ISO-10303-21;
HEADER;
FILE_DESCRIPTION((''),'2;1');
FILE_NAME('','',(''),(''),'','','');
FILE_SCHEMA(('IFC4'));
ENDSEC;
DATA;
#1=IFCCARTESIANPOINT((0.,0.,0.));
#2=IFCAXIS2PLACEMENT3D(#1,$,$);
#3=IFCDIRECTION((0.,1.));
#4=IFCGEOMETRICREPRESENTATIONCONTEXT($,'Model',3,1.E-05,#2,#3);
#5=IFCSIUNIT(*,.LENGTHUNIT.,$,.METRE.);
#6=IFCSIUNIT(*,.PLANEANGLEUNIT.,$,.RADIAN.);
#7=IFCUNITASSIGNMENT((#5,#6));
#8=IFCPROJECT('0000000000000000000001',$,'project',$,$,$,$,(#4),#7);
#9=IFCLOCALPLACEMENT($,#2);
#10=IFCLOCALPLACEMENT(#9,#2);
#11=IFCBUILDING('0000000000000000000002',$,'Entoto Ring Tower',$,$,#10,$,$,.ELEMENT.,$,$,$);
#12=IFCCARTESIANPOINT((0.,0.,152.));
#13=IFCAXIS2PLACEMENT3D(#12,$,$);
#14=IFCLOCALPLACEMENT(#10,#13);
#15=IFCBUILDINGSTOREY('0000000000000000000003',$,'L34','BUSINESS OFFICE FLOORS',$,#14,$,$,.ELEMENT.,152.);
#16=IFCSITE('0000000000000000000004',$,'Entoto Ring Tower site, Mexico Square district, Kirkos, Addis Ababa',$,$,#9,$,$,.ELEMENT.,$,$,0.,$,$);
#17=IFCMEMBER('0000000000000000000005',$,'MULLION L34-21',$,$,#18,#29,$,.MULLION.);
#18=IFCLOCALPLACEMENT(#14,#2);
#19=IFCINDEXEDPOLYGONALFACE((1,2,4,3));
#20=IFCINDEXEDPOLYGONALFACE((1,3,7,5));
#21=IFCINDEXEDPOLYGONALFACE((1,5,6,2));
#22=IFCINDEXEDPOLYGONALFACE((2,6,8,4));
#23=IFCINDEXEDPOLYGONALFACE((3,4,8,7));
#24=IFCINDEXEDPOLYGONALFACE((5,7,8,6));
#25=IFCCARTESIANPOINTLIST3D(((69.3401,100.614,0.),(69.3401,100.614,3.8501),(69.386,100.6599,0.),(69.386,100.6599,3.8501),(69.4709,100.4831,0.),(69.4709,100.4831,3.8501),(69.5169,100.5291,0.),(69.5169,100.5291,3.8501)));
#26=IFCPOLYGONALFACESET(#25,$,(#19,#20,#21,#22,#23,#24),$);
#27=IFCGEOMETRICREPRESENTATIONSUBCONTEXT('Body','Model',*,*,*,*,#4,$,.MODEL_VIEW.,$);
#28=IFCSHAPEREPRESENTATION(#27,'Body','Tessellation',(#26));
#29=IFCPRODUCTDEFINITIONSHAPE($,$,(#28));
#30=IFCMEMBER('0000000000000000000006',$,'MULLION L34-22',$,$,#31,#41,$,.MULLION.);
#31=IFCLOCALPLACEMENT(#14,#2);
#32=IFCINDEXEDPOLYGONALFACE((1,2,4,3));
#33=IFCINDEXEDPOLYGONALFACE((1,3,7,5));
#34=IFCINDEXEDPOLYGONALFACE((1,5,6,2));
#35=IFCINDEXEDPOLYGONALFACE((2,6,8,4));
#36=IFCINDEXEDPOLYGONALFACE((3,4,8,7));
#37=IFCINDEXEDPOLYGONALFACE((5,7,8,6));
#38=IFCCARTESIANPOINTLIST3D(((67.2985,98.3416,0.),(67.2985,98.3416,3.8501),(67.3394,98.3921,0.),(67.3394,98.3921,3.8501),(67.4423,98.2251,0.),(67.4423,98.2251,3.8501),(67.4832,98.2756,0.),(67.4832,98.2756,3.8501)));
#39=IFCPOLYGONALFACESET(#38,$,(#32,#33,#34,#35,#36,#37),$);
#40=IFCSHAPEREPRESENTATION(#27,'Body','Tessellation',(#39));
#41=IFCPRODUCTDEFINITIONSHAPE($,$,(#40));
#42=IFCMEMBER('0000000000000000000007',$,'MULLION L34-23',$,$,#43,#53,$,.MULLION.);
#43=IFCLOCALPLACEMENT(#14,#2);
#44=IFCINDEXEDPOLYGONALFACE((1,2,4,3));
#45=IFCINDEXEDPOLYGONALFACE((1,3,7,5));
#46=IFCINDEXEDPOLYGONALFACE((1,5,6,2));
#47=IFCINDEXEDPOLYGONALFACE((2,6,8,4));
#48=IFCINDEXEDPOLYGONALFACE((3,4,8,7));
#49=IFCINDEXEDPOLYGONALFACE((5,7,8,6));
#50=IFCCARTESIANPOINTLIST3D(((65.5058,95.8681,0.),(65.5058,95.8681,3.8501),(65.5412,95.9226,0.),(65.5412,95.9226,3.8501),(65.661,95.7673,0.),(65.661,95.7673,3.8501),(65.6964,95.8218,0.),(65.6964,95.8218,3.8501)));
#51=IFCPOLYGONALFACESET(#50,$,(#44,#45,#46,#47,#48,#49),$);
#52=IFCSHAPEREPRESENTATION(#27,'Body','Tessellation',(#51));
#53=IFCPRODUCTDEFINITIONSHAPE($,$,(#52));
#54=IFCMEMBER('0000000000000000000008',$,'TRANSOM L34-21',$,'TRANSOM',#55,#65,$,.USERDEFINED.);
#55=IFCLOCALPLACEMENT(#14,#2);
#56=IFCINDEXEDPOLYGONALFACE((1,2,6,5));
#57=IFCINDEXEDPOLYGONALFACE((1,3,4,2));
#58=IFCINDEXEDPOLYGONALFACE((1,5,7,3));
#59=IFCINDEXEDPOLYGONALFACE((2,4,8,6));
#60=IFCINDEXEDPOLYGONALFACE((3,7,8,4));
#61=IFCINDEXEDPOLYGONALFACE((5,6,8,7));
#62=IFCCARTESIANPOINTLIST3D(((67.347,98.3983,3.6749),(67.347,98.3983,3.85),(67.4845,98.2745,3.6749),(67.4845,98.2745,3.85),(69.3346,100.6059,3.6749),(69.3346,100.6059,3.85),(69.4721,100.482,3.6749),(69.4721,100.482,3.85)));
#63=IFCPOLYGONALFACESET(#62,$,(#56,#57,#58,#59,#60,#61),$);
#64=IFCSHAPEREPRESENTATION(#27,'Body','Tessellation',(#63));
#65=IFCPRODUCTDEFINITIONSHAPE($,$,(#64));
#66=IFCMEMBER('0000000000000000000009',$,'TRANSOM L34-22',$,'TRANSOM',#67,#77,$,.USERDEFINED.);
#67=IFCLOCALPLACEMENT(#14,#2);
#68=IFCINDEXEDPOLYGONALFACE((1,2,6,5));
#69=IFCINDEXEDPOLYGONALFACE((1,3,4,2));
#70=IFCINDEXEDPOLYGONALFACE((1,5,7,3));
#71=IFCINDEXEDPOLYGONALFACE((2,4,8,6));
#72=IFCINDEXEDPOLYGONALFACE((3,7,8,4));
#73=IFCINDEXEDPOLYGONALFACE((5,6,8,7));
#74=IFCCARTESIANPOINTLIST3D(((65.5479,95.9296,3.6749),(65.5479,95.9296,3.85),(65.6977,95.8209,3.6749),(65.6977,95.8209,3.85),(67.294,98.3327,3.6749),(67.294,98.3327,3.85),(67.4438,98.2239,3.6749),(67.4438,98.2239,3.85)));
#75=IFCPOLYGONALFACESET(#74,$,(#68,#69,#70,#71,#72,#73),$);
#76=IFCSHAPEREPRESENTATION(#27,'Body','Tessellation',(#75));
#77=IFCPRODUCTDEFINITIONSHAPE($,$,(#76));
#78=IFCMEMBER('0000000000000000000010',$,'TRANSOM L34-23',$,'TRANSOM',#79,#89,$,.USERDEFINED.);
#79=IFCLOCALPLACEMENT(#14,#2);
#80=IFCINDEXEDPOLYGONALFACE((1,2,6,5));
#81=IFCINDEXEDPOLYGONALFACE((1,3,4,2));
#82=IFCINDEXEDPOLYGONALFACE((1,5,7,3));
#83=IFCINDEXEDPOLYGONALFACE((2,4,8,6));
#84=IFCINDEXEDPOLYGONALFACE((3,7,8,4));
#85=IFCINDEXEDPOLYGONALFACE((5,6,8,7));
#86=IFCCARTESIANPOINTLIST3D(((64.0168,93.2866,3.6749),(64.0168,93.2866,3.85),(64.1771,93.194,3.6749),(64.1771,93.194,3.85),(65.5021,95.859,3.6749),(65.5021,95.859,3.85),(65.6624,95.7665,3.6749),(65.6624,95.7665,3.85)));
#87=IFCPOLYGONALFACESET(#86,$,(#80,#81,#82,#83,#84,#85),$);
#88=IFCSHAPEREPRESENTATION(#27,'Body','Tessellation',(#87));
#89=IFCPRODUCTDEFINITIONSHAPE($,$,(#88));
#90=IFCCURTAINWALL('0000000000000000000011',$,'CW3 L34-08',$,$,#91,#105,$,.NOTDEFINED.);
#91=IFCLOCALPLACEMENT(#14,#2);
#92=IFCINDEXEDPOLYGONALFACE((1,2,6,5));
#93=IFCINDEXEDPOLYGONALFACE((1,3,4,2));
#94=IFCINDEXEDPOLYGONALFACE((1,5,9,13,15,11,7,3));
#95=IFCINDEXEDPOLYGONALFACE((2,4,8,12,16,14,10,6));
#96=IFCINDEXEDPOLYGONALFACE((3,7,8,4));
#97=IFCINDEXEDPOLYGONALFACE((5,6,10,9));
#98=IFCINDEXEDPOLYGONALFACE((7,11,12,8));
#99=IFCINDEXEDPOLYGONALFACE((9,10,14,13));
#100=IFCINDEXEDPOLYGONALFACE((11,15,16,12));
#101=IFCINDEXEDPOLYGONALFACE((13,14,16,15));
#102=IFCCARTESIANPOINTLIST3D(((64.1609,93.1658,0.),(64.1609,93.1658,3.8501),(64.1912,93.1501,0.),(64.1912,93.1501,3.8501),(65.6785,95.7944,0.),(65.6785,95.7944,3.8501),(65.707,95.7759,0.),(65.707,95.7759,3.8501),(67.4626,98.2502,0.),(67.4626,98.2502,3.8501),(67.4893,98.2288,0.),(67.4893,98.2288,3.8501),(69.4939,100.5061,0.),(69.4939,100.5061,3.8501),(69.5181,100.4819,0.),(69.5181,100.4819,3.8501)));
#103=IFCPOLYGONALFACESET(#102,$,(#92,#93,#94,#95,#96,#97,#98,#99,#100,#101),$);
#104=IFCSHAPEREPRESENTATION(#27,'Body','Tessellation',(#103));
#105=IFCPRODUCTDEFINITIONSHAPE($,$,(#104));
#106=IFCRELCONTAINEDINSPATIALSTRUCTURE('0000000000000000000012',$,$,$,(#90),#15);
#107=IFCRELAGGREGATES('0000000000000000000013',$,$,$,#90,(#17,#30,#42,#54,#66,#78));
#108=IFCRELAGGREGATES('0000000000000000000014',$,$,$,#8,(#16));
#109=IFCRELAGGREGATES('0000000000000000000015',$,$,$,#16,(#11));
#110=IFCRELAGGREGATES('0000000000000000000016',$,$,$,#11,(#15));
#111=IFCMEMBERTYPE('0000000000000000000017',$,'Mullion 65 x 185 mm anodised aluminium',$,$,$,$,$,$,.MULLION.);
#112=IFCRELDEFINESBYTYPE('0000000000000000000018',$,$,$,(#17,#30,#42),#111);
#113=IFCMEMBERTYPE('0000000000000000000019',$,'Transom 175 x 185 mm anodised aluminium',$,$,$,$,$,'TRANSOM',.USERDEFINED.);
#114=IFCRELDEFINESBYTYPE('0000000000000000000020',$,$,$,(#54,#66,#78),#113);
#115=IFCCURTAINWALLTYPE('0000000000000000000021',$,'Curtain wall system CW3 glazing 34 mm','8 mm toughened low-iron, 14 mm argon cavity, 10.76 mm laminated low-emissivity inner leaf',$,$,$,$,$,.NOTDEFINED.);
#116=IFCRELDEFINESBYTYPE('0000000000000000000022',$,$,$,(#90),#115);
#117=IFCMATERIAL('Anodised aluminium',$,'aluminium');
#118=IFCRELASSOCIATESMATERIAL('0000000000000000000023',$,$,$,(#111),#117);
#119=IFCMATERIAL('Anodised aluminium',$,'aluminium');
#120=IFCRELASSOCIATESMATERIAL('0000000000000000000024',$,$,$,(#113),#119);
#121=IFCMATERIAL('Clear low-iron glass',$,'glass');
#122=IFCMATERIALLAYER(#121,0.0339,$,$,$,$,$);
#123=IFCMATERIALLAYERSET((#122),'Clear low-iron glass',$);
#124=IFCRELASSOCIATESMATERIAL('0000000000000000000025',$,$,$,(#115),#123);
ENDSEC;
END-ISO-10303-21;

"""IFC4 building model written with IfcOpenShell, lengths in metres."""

from ifc_helpers import new_model, si_unit, direction, frame, origin, origin_2d, place, context, subcontext, project, spatial, polyline, rectangle, outline, extrude, material, layer, layer_set, material_profile, profile_set, type_object, element, aggregate, save


model = new_model("IFC4")

# Units and contexts
model_context = context("Model", 3, precision=1e-05, world=origin(), true_north=direction((0.0, 1.0)))
body_context = subcontext(model_context, "Body", "Model", "MODEL_VIEW")
ifc_project = project(units=[si_unit("LENGTHUNIT", "METRE"), si_unit("PLANEANGLEUNIT", "RADIAN")], contexts=[model_context])

# Members
ifc_material_1 = material(Name="Anodised aluminium", Category="aluminium")
ifc_material_profile_1 = material_profile(ifc_material_1, rectangle(XDim=0.0649, YDim=0.1851, at=origin_2d()), Name="Mullion 65 x 185 mm anodised aluminium")
ifc_profile_set_1 = profile_set([ifc_material_profile_1], Name="Anodised aluminium")
member_type_1 = type_object("IfcMemberType", Name="Mullion 65 x 185 mm anodised aluminium", PredefinedType="MULLION", material=ifc_profile_set_1)
site_placement = place(None, origin())
building_placement = place(site_placement, origin())
storey_placement = place(building_placement, frame((0.0, 0.0, 152.0)))
member_1_placement = place(storey_placement, frame((69.4285, 100.5715, 0.0), z_axis=(0.0, 0.0, 1.0), x_axis=(-0.707107, -0.707107, 0.0)))
member_1 = element("IfcMember", 1, at=member_1_placement, type_object=member_type_1, Name="MULLION L34-21", PredefinedType="MULLION", context=body_context, shape_type="SweptSolid", body=[
    extrude(rectangle(XDim=0.0649, YDim=0.1851, at=origin_2d()), origin(), (0.0, 0.0, 1.0), 3.8501),
])
member_2_placement = place(storey_placement, frame((67.3909, 98.3086, 0.0), z_axis=(0.0, 0.0, 1.0), x_axis=(-0.62932, -0.777146, 0.0)))
member_2 = element("IfcMember", 2, at=member_2_placement, type_object=member_type_1, Name="MULLION L34-22", PredefinedType="MULLION", context=body_context, shape_type="SweptSolid", body=[
    extrude(rectangle(XDim=0.0649, YDim=0.1851, at=origin_2d()), origin(), (0.0, 0.0, 1.0), 3.8501),
])
member_3_placement = place(storey_placement, frame((65.6011, 95.845, 0.0), z_axis=(0.0, 0.0, 1.0), x_axis=(-0.544639, -0.838671, 0.0)))
member_3 = element("IfcMember", 3, at=member_3_placement, type_object=member_type_1, Name="MULLION L34-23", PredefinedType="MULLION", context=body_context, shape_type="SweptSolid", body=[
    extrude(rectangle(XDim=0.0649, YDim=0.1851, at=origin_2d()), origin(), (0.0, 0.0, 1.0), 3.8501),
])
ifc_material_2 = material(Name="Anodised aluminium", Category="aluminium")
ifc_material_profile_2 = material_profile(ifc_material_2, rectangle(XDim=0.1851, YDim=0.175, at=origin_2d()), Name="Transom 175 x 185 mm anodised aluminium")
ifc_profile_set_2 = profile_set([ifc_material_profile_2], Name="Anodised aluminium")
member_type_2 = type_object("IfcMemberType", Name="Transom 175 x 185 mm anodised aluminium", ElementType="TRANSOM", PredefinedType="USERDEFINED", material=ifc_profile_set_2)
member_4_placement = place(storey_placement, frame((69.4033, 100.5439, 3.7625), z_axis=(-0.66911, -0.743163, 0.0), x_axis=(0.743163, -0.66911, 0.0)))
member_4 = element("IfcMember", 4, at=member_4_placement, type_object=member_type_2, Name="TRANSOM L34-21", ObjectType="TRANSOM", PredefinedType="USERDEFINED", context=body_context, shape_type="SweptSolid", body=[
    extrude(rectangle(XDim=0.1851, YDim=0.175, at=origin_2d()), origin(), (0.0, 0.0, 1.0), 2.9705),
])
member_5_placement = place(storey_placement, frame((67.3689, 98.2783, 3.7625), z_axis=(-0.58782, -0.808992, 0.0), x_axis=(0.808992, -0.58782, 0.0)))
member_5 = element("IfcMember", 5, at=member_5_placement, type_object=member_type_2, Name="TRANSOM L34-22", ObjectType="TRANSOM", PredefinedType="USERDEFINED", context=body_context, shape_type="SweptSolid", body=[
    extrude(rectangle(XDim=0.1851, YDim=0.175, at=origin_2d()), origin(), (0.0, 0.0, 1.0), 2.9705),
])
member_6_placement = place(storey_placement, frame((65.5823, 95.8127, 3.7625), z_axis=(-0.500028, -0.866009, 0.0), x_axis=(0.866009, -0.500028, 0.0)))
member_6 = element("IfcMember", 6, at=member_6_placement, type_object=member_type_2, Name="TRANSOM L34-23", ObjectType="TRANSOM", PredefinedType="USERDEFINED", context=body_context, shape_type="SweptSolid", body=[
    extrude(rectangle(XDim=0.1851, YDim=0.175, at=origin_2d()), origin(), (0.0, 0.0, 1.0), 2.9705),
])

# Site, building, storey
site = spatial("IfcSite", under=ifc_project, at=site_placement, Name="Entoto Ring Tower site, Mexico Square district, Kirkos, Addis Ababa", CompositionType="ELEMENT", RefElevation=0.0)
building = spatial("IfcBuilding", under=site, at=building_placement, Name="Entoto Ring Tower", CompositionType="ELEMENT")
storey = spatial("IfcBuildingStorey", under=building, at=storey_placement, Name="L34", Description="BUSINESS OFFICE FLOORS", CompositionType="ELEMENT", Elevation=152.0)

# Curtain wall
ifc_material_3 = material(Name="Clear low-iron glass", Category="glass")
ifc_layer = layer(ifc_material_3, 0.0339)
ifc_layer_set = layer_set([ifc_layer], Name="Clear low-iron glass")
curtain_wall_type = type_object("IfcCurtainWallType", Name="Curtain wall system CW3 glazing 34 mm", Description="8 mm toughened low-iron, 14 mm argon cavity, 10.76 mm laminated low-emissivity inner leaf", PredefinedType="NOTDEFINED", material=ifc_layer_set)
curtain_wall_1_placement = place(storey_placement, origin())
curtain_wall_1 = element("IfcCurtainWall", 7, at=curtain_wall_1_placement, inside=storey, type_object=curtain_wall_type, Name="CW3 L34-08", PredefinedType="NOTDEFINED", context=body_context, shape_type="SweptSolid", body=[
    extrude(outline(polyline([(69.4939, 100.5061), (67.4626, 98.2502), (65.6785, 95.7944), (64.1609, 93.1658), (64.1912, 93.1501), (65.707, 95.7759), (67.4893, 98.2288), (69.5181, 100.4819), (69.4939, 100.5061)])), origin(), (0.0, 0.0, 1.0), 3.8501),
])
aggregate(curtain_wall_1, [member_1, member_2, member_3, member_4, member_5, member_6])

save(model, "model.ifc")
